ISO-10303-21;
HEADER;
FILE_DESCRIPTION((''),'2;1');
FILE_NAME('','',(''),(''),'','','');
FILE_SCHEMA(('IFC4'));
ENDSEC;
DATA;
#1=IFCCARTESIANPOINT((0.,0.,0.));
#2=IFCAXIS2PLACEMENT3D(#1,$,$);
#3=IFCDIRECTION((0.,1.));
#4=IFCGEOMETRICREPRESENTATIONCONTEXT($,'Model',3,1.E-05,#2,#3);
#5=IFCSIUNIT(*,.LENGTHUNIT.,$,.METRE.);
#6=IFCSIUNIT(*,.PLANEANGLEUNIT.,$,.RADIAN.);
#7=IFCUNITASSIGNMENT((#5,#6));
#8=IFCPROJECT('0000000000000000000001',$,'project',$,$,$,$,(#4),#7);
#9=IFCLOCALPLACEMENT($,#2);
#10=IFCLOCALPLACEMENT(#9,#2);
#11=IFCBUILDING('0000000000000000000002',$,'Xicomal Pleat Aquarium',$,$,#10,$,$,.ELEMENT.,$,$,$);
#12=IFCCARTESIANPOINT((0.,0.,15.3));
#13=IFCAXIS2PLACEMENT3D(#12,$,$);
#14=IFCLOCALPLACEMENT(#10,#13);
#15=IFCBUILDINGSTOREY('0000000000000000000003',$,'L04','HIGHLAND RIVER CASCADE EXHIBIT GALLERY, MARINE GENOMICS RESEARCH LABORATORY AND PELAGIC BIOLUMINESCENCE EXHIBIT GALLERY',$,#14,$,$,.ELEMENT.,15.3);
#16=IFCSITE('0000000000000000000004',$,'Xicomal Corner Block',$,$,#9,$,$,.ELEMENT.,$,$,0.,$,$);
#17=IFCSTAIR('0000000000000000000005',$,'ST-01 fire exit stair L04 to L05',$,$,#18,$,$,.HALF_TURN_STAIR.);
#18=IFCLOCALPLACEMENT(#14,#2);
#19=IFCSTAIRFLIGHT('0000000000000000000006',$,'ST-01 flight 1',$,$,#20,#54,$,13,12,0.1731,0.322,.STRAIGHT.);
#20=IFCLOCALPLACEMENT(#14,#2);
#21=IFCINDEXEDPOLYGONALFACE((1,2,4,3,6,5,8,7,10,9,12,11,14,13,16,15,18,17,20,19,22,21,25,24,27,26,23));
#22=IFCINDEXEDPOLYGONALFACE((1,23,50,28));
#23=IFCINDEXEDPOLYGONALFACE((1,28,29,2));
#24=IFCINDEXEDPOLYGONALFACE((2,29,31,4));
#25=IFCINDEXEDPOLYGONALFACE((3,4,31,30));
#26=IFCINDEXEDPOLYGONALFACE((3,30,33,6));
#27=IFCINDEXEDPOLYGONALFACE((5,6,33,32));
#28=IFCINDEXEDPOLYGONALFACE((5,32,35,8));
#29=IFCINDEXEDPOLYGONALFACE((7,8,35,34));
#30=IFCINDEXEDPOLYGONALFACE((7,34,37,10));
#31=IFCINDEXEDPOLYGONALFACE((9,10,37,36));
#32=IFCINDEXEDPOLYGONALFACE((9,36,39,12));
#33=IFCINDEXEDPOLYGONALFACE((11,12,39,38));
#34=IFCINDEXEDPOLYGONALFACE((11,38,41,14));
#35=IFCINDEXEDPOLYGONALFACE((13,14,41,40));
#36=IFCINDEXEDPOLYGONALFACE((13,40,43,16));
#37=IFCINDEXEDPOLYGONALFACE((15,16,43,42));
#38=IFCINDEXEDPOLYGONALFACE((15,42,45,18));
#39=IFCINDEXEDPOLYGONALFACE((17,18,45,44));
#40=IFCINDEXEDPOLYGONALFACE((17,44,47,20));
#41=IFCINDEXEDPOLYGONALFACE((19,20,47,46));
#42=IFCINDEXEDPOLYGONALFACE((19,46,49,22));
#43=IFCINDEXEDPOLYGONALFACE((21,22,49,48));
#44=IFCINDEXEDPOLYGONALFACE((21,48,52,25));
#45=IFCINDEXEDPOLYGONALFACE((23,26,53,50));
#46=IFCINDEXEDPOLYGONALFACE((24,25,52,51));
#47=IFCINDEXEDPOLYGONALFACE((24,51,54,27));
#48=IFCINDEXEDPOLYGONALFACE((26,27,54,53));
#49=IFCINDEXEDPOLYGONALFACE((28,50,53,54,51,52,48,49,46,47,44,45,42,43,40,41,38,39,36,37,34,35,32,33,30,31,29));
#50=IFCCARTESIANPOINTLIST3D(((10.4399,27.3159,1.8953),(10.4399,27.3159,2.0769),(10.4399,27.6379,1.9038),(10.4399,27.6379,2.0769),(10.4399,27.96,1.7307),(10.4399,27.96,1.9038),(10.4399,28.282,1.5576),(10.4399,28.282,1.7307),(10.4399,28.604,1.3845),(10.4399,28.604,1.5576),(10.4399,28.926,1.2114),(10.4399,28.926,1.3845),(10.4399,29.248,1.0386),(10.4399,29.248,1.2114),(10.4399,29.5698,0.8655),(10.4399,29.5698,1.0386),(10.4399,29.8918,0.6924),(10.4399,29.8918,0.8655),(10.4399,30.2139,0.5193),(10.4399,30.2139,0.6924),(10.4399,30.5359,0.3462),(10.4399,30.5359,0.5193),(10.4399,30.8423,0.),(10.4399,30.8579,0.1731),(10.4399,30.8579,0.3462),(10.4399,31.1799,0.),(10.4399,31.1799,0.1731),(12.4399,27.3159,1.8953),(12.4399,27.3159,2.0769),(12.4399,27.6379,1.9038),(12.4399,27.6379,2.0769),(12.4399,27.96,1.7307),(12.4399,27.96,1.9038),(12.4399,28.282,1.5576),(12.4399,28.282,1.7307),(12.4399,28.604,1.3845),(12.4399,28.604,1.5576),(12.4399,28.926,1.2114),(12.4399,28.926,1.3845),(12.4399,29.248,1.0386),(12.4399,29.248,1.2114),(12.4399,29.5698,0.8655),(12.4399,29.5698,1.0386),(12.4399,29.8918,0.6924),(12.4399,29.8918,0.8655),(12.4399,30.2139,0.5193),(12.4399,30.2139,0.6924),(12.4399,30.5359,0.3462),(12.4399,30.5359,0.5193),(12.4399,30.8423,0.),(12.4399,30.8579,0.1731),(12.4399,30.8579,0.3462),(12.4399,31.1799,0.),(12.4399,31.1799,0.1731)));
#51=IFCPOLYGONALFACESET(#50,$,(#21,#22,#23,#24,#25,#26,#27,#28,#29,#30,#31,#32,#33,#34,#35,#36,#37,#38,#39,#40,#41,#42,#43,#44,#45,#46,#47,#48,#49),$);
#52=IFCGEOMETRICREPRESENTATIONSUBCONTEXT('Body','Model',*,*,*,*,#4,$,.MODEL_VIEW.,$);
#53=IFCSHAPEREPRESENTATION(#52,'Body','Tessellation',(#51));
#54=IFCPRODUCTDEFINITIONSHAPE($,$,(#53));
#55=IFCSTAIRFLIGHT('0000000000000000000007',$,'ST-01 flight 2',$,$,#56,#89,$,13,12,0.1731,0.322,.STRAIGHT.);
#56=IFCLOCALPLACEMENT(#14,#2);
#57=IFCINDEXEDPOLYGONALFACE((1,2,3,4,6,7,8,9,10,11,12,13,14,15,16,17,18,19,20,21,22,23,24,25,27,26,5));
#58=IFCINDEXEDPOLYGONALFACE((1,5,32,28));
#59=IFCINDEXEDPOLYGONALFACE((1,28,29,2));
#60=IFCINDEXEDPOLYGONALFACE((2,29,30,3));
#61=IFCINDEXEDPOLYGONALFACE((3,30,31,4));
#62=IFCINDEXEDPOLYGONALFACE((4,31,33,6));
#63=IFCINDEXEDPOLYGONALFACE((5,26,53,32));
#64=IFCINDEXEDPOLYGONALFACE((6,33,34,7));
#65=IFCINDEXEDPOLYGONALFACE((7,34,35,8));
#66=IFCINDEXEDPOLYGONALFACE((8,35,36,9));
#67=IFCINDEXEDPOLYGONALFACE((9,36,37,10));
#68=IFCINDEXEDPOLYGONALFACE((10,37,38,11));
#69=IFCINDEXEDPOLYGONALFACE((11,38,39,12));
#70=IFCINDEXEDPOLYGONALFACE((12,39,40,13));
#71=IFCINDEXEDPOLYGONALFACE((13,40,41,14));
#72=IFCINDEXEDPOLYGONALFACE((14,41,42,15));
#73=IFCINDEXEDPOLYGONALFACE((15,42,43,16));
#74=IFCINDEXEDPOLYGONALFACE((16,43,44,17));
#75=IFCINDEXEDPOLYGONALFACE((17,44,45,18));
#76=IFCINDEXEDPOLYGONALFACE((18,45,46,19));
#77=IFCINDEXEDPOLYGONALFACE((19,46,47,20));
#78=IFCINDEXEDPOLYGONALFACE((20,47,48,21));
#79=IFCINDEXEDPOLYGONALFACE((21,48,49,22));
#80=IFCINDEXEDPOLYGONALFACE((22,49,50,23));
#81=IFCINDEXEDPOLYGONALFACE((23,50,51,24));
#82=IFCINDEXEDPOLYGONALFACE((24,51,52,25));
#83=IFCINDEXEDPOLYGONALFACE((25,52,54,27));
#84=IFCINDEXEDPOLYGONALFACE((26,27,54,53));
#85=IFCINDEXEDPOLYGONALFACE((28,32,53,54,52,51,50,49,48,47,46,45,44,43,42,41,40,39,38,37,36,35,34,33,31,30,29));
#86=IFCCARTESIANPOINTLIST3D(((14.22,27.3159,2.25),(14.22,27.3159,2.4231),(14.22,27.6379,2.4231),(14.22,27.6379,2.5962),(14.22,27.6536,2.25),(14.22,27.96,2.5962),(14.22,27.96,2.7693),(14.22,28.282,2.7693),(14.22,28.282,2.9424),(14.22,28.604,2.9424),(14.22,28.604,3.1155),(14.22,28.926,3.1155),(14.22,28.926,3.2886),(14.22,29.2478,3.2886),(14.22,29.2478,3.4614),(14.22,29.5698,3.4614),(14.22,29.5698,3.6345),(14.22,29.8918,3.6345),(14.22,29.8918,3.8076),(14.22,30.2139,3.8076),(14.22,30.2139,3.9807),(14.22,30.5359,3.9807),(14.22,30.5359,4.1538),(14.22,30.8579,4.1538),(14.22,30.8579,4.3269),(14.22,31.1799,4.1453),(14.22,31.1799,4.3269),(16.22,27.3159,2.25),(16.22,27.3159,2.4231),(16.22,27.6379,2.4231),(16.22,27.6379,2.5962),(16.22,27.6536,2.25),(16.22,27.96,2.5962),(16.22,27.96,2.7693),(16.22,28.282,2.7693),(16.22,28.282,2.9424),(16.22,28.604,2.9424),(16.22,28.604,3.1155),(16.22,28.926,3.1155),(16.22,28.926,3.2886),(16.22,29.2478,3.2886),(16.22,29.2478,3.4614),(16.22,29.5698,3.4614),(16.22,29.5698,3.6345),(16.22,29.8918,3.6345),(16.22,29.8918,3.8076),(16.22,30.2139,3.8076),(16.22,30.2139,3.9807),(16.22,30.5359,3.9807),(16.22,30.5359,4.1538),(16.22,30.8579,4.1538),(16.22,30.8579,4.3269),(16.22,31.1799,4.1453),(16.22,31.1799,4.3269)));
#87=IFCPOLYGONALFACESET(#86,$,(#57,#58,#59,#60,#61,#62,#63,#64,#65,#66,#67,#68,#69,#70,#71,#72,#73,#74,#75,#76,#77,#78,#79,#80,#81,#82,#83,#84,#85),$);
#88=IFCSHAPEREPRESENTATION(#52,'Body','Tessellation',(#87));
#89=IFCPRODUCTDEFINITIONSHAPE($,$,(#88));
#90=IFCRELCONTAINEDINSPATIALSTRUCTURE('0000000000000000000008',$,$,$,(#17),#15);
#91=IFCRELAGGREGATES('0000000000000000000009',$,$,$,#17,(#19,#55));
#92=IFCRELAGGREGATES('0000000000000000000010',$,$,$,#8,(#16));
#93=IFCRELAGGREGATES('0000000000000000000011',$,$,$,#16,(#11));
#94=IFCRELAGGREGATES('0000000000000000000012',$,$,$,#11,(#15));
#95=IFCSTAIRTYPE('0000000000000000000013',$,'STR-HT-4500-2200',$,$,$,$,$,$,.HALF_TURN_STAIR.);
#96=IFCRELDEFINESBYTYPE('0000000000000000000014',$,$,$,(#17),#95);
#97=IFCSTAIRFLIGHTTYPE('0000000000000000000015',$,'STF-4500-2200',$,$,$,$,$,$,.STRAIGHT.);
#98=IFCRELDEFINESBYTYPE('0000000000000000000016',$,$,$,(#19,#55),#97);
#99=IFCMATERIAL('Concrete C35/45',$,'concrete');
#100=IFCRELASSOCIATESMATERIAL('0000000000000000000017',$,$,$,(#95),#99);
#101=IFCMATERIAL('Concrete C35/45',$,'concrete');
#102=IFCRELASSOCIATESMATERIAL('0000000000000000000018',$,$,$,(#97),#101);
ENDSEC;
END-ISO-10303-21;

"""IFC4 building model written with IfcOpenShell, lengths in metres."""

from ifc_helpers import new_model, si_unit, direction, frame, origin, place, context, subcontext, project, spatial, polyline, outline, extrude, material, type_object, element, aggregate, save


model = new_model("IFC4")

# Units and contexts
model_context = context("Model", 3, precision=1e-05, world=origin(), true_north=direction((0.0, 1.0)))
body_context = subcontext(model_context, "Body", "Model", "MODEL_VIEW")
ifc_project = project(units=[si_unit("LENGTHUNIT", "METRE"), si_unit("PLANEANGLEUNIT", "RADIAN")], contexts=[model_context])

# Site, building, storey
site_placement = place(None, origin())
site = spatial("IfcSite", under=ifc_project, at=site_placement, Name="Xicomal Corner Block", CompositionType="ELEMENT", RefElevation=0.0)
building_placement = place(site_placement, origin())
building = spatial("IfcBuilding", under=site, at=building_placement, Name="Xicomal Pleat Aquarium", CompositionType="ELEMENT")
storey_placement = place(building_placement, frame((0.0, 0.0, 15.3)))
storey = spatial("IfcBuildingStorey", under=building, at=storey_placement, Name="L04", Description="HIGHLAND RIVER CASCADE EXHIBIT GALLERY, MARINE GENOMICS RESEARCH LABORATORY AND PELAGIC BIOLUMINESCENCE EXHIBIT GALLERY", CompositionType="ELEMENT", Elevation=15.3)

# Stair, stair flights
ifc_material_1 = material(Name="Concrete C35/45", Category="concrete")
stair_type = type_object("IfcStairType", Name="STR-HT-4500-2200", PredefinedType="HALF_TURN_STAIR", material=ifc_material_1)
stair_placement = place(storey_placement, origin())
stair = element("IfcStair", 1, at=stair_placement, inside=storey, type_object=stair_type, Name="ST-01 fire exit stair L04 to L05", PredefinedType="HALF_TURN_STAIR")
ifc_material_2 = material(Name="Concrete C35/45", Category="concrete")
stair_flight_type = type_object("IfcStairFlightType", Name="STF-4500-2200", PredefinedType="STRAIGHT", material=ifc_material_2)
stair_flight_1_placement = place(storey_placement, frame((11.4399, 31.1799, 0.0), z_axis=(0.0, 0.0, 1.0), x_axis=(0.0, -1.0, 0.0)))
stair_flight_1 = element("IfcStairFlight", 2, at=stair_flight_1_placement, type_object=stair_flight_type, Name="ST-01 flight 1", NumberOfRisers=13, NumberOfTreads=12, PredefinedType="STRAIGHT", RiserHeight=0.1731, TreadLength=0.322, context=body_context, shape_type="SweptSolid", body=[
    extrude(outline(polyline([(0.0, 0.0), (0.0, 0.1731), (0.322, 0.1731), (0.322, 0.3462), (0.644, 0.3462), (0.644, 0.5193), (0.9661, 0.5193), (0.9661, 0.6924), (1.2881, 0.6924), (1.2881, 0.8655), (1.6101, 0.8655), (1.6101, 1.0386), (1.9319, 1.0386), (1.9319, 1.2114), (2.2539, 1.2114), (2.2539, 1.3845), (2.5759, 1.3845), (2.5759, 1.5576), (2.8979, 1.5576), (2.8979, 1.7307), (3.22, 1.7307), (3.22, 1.9038), (3.542, 1.9038), (3.542, 2.0769), (3.864, 2.0769), (3.864, 2.25), (3.864, 1.8953), (0.3376, 0.0), (0.0, 0.0)])), frame((0.0, 1.0, 0.0), z_axis=(0.0, -1.0, 0.0), x_axis=(1.0, 0.0, 0.0)), (0.0, 0.0, 1.0), 2.0),
])
stair_flight_2_placement = place(storey_placement, frame((15.22, 27.3159, 2.25), z_axis=(0.0, 0.0, 1.0), x_axis=(0.0, 1.0, 0.0)))
stair_flight_2 = element("IfcStairFlight", 3, at=stair_flight_2_placement, type_object=stair_flight_type, Name="ST-01 flight 2", NumberOfRisers=13, NumberOfTreads=12, PredefinedType="STRAIGHT", RiserHeight=0.1731, TreadLength=0.322, context=body_context, shape_type="SweptSolid", body=[
    extrude(outline(polyline([(0.0, 0.0), (0.0, 0.1731), (0.322, 0.1731), (0.322, 0.3462), (0.644, 0.3462), (0.644, 0.5193), (0.9661, 0.5193), (0.9661, 0.6924), (1.2881, 0.6924), (1.2881, 0.8655), (1.6101, 0.8655), (1.6101, 1.0386), (1.9319, 1.0386), (1.9319, 1.2114), (2.2539, 1.2114), (2.2539, 1.3845), (2.5759, 1.3845), (2.5759, 1.5576), (2.8979, 1.5576), (2.8979, 1.7307), (3.22, 1.7307), (3.22, 1.9038), (3.542, 1.9038), (3.542, 2.0769), (3.864, 2.0769), (3.864, 2.25), (3.864, 1.8953), (0.3376, 0.0), (0.0, 0.0)])), frame((0.0, 1.0, 0.0), z_axis=(0.0, -1.0, 0.0), x_axis=(1.0, 0.0, 0.0)), (0.0, 0.0, 1.0), 2.0),
])
aggregate(stair, [stair_flight_1, stair_flight_2])

save(model, "model.ifc")
